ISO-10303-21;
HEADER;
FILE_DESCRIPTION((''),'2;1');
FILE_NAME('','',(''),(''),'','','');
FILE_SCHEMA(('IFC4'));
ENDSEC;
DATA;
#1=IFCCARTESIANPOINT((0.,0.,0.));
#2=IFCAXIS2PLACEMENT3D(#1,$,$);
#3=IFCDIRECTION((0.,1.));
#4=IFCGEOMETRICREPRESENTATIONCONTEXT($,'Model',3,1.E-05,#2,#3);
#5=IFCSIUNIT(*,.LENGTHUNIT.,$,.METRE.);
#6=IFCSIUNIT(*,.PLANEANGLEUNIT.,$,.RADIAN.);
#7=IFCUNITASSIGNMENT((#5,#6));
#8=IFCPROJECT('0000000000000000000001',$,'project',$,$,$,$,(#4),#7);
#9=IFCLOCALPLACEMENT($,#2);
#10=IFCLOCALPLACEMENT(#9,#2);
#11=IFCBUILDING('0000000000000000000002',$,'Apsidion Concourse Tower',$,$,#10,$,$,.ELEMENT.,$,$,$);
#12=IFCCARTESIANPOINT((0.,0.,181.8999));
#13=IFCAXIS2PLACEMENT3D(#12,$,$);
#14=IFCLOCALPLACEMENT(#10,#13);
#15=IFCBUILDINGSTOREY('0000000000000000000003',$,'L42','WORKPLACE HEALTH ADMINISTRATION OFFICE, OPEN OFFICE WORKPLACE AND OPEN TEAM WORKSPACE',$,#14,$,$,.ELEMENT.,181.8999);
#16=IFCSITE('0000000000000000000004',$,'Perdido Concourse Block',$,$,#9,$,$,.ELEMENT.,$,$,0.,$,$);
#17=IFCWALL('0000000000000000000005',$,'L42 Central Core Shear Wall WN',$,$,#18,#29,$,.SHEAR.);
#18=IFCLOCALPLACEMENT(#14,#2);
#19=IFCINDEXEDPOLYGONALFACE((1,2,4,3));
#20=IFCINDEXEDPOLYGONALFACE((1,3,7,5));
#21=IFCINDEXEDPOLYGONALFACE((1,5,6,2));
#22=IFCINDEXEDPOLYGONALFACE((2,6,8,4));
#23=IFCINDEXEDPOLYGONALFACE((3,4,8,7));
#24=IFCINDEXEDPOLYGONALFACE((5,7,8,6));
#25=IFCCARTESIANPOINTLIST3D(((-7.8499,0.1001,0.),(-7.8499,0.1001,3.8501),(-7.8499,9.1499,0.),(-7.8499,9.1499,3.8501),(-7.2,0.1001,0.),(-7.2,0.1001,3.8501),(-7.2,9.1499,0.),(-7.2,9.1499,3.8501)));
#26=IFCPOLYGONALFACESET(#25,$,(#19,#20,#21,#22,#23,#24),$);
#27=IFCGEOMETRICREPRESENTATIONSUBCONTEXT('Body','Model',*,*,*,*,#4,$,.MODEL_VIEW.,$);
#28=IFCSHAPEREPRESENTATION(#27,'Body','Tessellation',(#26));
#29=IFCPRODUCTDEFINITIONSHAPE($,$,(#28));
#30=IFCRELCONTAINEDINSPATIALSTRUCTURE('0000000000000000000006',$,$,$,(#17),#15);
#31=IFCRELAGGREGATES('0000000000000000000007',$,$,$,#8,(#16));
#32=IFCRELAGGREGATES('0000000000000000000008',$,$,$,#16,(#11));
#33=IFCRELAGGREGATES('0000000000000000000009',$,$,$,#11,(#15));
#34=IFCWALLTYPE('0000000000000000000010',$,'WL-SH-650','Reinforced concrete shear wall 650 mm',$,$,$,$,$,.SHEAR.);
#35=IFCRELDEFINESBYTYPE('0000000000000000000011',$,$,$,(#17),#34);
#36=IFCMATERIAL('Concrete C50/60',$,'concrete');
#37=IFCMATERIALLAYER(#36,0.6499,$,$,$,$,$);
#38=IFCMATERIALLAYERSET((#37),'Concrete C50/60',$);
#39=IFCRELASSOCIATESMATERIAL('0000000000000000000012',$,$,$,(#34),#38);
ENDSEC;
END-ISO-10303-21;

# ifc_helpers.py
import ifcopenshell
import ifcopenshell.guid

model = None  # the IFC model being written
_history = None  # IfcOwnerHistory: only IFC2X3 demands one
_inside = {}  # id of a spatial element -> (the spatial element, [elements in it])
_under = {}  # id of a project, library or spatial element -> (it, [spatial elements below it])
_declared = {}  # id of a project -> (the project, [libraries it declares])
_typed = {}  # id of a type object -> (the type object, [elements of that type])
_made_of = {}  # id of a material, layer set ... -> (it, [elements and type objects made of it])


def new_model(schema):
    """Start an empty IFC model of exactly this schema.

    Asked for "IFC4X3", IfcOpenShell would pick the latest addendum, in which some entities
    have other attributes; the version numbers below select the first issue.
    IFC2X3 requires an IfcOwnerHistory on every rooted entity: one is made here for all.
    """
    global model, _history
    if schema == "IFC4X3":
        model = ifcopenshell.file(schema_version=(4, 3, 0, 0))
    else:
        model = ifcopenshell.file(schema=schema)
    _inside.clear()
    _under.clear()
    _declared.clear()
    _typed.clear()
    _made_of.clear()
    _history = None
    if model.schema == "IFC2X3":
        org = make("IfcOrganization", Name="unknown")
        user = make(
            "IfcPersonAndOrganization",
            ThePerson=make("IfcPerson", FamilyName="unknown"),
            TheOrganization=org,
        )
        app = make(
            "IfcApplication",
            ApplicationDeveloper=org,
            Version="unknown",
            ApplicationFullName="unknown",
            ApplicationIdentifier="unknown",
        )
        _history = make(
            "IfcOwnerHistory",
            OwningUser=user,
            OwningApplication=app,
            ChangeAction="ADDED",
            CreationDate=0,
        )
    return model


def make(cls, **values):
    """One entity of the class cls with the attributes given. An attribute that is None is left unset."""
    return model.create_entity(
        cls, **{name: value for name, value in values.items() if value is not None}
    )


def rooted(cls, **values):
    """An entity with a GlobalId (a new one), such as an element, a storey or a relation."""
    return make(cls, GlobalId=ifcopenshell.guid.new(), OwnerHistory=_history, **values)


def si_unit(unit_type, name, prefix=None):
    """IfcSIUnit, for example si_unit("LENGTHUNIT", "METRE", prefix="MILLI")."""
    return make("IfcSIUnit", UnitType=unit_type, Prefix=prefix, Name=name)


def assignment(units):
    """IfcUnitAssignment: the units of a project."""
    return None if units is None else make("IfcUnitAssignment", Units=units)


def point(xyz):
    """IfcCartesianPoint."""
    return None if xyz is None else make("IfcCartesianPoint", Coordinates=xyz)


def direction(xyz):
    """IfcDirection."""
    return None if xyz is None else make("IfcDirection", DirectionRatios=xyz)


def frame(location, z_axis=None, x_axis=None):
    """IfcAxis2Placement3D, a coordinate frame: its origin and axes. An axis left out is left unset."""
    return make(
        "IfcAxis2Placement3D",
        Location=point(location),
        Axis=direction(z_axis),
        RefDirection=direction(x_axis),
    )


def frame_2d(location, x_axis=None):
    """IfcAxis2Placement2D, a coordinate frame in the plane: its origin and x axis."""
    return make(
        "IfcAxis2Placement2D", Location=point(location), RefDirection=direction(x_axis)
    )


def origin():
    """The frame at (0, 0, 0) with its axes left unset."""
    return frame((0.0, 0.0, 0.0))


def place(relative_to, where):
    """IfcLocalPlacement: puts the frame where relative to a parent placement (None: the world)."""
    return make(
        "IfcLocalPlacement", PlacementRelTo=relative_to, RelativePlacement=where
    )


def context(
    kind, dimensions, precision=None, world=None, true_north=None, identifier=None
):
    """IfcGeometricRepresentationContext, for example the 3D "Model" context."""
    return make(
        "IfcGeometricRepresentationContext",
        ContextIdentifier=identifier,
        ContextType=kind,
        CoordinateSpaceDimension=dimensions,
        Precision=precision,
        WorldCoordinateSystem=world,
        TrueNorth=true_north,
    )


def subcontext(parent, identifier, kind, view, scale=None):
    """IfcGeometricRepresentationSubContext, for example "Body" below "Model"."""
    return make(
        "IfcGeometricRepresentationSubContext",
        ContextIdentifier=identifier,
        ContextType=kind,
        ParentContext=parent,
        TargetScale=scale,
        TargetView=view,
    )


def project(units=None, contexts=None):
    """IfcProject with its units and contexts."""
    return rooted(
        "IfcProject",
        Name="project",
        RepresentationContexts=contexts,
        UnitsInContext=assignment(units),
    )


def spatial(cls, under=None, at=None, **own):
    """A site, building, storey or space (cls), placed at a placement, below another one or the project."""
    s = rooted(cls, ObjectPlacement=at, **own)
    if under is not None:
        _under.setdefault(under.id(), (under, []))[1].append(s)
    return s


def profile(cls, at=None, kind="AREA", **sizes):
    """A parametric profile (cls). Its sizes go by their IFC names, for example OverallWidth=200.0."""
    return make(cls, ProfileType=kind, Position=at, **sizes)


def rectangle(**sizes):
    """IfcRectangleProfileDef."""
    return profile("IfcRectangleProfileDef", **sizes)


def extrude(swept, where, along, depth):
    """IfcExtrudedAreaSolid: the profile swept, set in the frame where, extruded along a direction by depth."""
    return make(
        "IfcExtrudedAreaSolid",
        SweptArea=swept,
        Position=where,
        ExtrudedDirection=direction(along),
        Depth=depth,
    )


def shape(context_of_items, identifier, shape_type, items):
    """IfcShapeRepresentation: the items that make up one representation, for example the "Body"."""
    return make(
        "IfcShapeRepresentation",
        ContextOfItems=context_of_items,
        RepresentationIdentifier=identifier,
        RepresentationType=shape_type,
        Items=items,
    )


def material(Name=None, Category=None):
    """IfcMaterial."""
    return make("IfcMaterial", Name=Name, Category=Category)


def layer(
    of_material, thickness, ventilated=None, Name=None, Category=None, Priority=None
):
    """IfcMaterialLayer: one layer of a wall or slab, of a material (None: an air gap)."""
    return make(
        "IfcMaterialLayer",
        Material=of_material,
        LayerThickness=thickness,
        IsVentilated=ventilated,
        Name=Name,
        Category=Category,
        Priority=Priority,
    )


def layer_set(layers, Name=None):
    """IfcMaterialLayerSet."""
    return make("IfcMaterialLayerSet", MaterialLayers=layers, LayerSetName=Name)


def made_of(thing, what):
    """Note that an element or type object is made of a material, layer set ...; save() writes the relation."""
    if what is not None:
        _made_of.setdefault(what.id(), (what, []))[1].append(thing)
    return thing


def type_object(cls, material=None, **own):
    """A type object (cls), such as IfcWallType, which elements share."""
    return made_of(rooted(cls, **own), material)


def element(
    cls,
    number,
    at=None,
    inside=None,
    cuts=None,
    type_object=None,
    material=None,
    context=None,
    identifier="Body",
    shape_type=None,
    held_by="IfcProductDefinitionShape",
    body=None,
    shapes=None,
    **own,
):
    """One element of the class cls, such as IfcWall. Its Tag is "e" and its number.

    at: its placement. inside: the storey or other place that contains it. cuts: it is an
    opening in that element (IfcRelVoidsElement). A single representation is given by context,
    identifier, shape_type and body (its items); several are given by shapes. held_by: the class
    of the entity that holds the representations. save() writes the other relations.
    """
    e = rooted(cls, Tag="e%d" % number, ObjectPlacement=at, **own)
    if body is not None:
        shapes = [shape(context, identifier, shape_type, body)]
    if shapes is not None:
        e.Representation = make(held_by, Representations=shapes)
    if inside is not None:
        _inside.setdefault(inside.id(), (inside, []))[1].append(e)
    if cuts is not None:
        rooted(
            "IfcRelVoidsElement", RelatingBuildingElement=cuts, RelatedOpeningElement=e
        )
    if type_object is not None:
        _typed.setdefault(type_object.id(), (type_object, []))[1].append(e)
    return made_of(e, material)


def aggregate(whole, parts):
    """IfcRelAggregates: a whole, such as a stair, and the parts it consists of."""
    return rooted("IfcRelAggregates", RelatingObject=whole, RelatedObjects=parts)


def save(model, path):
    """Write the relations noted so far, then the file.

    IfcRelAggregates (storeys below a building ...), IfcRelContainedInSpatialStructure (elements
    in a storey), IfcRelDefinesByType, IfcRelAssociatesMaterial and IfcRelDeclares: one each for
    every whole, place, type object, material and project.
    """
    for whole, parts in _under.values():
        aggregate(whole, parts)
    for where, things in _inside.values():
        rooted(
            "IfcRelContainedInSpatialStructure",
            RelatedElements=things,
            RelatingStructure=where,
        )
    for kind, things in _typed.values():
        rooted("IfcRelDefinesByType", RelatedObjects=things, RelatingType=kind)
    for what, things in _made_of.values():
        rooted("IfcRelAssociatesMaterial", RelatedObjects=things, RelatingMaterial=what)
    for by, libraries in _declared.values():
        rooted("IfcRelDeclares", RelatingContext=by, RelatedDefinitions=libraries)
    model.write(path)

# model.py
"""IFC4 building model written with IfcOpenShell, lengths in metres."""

from ifc_helpers import new_model, si_unit, direction, frame, frame_2d, origin, place, context, subcontext, project, spatial, rectangle, extrude, material, layer, layer_set, type_object, element, save


model = new_model("IFC4")

# Units and contexts
model_context = context("Model", 3, precision=1e-05, world=origin(), true_north=direction((0.0, 1.0)))
body_context = subcontext(model_context, "Body", "Model", "MODEL_VIEW")
ifc_project = project(units=[si_unit("LENGTHUNIT", "METRE"), si_unit("PLANEANGLEUNIT", "RADIAN")], contexts=[model_context])

# Site, building, storey
site_placement = place(None, origin())
site = spatial("IfcSite", under=ifc_project, at=site_placement, Name="Perdido Concourse Block", CompositionType="ELEMENT", RefElevation=0.0)
building_placement = place(site_placement, origin())
building = spatial("IfcBuilding", under=site, at=building_placement, Name="Apsidion Concourse Tower", CompositionType="ELEMENT")
storey_placement = place(building_placement, frame((0.0, 0.0, 181.8999)))
storey = spatial("IfcBuildingStorey", under=building, at=storey_placement, Name="L42", Description="WORKPLACE HEALTH ADMINISTRATION OFFICE, OPEN OFFICE WORKPLACE AND OPEN TEAM WORKSPACE", CompositionType="ELEMENT", Elevation=181.8999)

# Shared definitions
ifc_material_1 = material(Name="Concrete C50/60", Category="concrete")

# Wall
ifc_layer_1 = layer(ifc_material_1, 0.6499)
ifc_layer_set_1 = layer_set([ifc_layer_1], Name="Concrete C50/60")
wall_type_1 = type_object("IfcWallType", Name="WL-SH-650", Description="Reinforced concrete shear wall 650 mm", PredefinedType="SHEAR", material=ifc_layer_set_1)
wall_1_placement = place(storey_placement, frame((-7.5249, 0.1001, 0.0), z_axis=(0.0, 0.0, 1.0), x_axis=(0.0, 1.0, 0.0)))
element("IfcWall", 1, at=wall_1_placement, inside=storey, type_object=wall_type_1, Name="L42 Central Core Shear Wall WN", PredefinedType="SHEAR", context=body_context, shape_type="SweptSolid", body=[
    extrude(rectangle(XDim=9.0498, YDim=0.6499, at=frame_2d((4.5249, 0.0))), origin(), (0.0, 0.0, 1.0), 3.8501),
])

save(model, "model.ifc")
